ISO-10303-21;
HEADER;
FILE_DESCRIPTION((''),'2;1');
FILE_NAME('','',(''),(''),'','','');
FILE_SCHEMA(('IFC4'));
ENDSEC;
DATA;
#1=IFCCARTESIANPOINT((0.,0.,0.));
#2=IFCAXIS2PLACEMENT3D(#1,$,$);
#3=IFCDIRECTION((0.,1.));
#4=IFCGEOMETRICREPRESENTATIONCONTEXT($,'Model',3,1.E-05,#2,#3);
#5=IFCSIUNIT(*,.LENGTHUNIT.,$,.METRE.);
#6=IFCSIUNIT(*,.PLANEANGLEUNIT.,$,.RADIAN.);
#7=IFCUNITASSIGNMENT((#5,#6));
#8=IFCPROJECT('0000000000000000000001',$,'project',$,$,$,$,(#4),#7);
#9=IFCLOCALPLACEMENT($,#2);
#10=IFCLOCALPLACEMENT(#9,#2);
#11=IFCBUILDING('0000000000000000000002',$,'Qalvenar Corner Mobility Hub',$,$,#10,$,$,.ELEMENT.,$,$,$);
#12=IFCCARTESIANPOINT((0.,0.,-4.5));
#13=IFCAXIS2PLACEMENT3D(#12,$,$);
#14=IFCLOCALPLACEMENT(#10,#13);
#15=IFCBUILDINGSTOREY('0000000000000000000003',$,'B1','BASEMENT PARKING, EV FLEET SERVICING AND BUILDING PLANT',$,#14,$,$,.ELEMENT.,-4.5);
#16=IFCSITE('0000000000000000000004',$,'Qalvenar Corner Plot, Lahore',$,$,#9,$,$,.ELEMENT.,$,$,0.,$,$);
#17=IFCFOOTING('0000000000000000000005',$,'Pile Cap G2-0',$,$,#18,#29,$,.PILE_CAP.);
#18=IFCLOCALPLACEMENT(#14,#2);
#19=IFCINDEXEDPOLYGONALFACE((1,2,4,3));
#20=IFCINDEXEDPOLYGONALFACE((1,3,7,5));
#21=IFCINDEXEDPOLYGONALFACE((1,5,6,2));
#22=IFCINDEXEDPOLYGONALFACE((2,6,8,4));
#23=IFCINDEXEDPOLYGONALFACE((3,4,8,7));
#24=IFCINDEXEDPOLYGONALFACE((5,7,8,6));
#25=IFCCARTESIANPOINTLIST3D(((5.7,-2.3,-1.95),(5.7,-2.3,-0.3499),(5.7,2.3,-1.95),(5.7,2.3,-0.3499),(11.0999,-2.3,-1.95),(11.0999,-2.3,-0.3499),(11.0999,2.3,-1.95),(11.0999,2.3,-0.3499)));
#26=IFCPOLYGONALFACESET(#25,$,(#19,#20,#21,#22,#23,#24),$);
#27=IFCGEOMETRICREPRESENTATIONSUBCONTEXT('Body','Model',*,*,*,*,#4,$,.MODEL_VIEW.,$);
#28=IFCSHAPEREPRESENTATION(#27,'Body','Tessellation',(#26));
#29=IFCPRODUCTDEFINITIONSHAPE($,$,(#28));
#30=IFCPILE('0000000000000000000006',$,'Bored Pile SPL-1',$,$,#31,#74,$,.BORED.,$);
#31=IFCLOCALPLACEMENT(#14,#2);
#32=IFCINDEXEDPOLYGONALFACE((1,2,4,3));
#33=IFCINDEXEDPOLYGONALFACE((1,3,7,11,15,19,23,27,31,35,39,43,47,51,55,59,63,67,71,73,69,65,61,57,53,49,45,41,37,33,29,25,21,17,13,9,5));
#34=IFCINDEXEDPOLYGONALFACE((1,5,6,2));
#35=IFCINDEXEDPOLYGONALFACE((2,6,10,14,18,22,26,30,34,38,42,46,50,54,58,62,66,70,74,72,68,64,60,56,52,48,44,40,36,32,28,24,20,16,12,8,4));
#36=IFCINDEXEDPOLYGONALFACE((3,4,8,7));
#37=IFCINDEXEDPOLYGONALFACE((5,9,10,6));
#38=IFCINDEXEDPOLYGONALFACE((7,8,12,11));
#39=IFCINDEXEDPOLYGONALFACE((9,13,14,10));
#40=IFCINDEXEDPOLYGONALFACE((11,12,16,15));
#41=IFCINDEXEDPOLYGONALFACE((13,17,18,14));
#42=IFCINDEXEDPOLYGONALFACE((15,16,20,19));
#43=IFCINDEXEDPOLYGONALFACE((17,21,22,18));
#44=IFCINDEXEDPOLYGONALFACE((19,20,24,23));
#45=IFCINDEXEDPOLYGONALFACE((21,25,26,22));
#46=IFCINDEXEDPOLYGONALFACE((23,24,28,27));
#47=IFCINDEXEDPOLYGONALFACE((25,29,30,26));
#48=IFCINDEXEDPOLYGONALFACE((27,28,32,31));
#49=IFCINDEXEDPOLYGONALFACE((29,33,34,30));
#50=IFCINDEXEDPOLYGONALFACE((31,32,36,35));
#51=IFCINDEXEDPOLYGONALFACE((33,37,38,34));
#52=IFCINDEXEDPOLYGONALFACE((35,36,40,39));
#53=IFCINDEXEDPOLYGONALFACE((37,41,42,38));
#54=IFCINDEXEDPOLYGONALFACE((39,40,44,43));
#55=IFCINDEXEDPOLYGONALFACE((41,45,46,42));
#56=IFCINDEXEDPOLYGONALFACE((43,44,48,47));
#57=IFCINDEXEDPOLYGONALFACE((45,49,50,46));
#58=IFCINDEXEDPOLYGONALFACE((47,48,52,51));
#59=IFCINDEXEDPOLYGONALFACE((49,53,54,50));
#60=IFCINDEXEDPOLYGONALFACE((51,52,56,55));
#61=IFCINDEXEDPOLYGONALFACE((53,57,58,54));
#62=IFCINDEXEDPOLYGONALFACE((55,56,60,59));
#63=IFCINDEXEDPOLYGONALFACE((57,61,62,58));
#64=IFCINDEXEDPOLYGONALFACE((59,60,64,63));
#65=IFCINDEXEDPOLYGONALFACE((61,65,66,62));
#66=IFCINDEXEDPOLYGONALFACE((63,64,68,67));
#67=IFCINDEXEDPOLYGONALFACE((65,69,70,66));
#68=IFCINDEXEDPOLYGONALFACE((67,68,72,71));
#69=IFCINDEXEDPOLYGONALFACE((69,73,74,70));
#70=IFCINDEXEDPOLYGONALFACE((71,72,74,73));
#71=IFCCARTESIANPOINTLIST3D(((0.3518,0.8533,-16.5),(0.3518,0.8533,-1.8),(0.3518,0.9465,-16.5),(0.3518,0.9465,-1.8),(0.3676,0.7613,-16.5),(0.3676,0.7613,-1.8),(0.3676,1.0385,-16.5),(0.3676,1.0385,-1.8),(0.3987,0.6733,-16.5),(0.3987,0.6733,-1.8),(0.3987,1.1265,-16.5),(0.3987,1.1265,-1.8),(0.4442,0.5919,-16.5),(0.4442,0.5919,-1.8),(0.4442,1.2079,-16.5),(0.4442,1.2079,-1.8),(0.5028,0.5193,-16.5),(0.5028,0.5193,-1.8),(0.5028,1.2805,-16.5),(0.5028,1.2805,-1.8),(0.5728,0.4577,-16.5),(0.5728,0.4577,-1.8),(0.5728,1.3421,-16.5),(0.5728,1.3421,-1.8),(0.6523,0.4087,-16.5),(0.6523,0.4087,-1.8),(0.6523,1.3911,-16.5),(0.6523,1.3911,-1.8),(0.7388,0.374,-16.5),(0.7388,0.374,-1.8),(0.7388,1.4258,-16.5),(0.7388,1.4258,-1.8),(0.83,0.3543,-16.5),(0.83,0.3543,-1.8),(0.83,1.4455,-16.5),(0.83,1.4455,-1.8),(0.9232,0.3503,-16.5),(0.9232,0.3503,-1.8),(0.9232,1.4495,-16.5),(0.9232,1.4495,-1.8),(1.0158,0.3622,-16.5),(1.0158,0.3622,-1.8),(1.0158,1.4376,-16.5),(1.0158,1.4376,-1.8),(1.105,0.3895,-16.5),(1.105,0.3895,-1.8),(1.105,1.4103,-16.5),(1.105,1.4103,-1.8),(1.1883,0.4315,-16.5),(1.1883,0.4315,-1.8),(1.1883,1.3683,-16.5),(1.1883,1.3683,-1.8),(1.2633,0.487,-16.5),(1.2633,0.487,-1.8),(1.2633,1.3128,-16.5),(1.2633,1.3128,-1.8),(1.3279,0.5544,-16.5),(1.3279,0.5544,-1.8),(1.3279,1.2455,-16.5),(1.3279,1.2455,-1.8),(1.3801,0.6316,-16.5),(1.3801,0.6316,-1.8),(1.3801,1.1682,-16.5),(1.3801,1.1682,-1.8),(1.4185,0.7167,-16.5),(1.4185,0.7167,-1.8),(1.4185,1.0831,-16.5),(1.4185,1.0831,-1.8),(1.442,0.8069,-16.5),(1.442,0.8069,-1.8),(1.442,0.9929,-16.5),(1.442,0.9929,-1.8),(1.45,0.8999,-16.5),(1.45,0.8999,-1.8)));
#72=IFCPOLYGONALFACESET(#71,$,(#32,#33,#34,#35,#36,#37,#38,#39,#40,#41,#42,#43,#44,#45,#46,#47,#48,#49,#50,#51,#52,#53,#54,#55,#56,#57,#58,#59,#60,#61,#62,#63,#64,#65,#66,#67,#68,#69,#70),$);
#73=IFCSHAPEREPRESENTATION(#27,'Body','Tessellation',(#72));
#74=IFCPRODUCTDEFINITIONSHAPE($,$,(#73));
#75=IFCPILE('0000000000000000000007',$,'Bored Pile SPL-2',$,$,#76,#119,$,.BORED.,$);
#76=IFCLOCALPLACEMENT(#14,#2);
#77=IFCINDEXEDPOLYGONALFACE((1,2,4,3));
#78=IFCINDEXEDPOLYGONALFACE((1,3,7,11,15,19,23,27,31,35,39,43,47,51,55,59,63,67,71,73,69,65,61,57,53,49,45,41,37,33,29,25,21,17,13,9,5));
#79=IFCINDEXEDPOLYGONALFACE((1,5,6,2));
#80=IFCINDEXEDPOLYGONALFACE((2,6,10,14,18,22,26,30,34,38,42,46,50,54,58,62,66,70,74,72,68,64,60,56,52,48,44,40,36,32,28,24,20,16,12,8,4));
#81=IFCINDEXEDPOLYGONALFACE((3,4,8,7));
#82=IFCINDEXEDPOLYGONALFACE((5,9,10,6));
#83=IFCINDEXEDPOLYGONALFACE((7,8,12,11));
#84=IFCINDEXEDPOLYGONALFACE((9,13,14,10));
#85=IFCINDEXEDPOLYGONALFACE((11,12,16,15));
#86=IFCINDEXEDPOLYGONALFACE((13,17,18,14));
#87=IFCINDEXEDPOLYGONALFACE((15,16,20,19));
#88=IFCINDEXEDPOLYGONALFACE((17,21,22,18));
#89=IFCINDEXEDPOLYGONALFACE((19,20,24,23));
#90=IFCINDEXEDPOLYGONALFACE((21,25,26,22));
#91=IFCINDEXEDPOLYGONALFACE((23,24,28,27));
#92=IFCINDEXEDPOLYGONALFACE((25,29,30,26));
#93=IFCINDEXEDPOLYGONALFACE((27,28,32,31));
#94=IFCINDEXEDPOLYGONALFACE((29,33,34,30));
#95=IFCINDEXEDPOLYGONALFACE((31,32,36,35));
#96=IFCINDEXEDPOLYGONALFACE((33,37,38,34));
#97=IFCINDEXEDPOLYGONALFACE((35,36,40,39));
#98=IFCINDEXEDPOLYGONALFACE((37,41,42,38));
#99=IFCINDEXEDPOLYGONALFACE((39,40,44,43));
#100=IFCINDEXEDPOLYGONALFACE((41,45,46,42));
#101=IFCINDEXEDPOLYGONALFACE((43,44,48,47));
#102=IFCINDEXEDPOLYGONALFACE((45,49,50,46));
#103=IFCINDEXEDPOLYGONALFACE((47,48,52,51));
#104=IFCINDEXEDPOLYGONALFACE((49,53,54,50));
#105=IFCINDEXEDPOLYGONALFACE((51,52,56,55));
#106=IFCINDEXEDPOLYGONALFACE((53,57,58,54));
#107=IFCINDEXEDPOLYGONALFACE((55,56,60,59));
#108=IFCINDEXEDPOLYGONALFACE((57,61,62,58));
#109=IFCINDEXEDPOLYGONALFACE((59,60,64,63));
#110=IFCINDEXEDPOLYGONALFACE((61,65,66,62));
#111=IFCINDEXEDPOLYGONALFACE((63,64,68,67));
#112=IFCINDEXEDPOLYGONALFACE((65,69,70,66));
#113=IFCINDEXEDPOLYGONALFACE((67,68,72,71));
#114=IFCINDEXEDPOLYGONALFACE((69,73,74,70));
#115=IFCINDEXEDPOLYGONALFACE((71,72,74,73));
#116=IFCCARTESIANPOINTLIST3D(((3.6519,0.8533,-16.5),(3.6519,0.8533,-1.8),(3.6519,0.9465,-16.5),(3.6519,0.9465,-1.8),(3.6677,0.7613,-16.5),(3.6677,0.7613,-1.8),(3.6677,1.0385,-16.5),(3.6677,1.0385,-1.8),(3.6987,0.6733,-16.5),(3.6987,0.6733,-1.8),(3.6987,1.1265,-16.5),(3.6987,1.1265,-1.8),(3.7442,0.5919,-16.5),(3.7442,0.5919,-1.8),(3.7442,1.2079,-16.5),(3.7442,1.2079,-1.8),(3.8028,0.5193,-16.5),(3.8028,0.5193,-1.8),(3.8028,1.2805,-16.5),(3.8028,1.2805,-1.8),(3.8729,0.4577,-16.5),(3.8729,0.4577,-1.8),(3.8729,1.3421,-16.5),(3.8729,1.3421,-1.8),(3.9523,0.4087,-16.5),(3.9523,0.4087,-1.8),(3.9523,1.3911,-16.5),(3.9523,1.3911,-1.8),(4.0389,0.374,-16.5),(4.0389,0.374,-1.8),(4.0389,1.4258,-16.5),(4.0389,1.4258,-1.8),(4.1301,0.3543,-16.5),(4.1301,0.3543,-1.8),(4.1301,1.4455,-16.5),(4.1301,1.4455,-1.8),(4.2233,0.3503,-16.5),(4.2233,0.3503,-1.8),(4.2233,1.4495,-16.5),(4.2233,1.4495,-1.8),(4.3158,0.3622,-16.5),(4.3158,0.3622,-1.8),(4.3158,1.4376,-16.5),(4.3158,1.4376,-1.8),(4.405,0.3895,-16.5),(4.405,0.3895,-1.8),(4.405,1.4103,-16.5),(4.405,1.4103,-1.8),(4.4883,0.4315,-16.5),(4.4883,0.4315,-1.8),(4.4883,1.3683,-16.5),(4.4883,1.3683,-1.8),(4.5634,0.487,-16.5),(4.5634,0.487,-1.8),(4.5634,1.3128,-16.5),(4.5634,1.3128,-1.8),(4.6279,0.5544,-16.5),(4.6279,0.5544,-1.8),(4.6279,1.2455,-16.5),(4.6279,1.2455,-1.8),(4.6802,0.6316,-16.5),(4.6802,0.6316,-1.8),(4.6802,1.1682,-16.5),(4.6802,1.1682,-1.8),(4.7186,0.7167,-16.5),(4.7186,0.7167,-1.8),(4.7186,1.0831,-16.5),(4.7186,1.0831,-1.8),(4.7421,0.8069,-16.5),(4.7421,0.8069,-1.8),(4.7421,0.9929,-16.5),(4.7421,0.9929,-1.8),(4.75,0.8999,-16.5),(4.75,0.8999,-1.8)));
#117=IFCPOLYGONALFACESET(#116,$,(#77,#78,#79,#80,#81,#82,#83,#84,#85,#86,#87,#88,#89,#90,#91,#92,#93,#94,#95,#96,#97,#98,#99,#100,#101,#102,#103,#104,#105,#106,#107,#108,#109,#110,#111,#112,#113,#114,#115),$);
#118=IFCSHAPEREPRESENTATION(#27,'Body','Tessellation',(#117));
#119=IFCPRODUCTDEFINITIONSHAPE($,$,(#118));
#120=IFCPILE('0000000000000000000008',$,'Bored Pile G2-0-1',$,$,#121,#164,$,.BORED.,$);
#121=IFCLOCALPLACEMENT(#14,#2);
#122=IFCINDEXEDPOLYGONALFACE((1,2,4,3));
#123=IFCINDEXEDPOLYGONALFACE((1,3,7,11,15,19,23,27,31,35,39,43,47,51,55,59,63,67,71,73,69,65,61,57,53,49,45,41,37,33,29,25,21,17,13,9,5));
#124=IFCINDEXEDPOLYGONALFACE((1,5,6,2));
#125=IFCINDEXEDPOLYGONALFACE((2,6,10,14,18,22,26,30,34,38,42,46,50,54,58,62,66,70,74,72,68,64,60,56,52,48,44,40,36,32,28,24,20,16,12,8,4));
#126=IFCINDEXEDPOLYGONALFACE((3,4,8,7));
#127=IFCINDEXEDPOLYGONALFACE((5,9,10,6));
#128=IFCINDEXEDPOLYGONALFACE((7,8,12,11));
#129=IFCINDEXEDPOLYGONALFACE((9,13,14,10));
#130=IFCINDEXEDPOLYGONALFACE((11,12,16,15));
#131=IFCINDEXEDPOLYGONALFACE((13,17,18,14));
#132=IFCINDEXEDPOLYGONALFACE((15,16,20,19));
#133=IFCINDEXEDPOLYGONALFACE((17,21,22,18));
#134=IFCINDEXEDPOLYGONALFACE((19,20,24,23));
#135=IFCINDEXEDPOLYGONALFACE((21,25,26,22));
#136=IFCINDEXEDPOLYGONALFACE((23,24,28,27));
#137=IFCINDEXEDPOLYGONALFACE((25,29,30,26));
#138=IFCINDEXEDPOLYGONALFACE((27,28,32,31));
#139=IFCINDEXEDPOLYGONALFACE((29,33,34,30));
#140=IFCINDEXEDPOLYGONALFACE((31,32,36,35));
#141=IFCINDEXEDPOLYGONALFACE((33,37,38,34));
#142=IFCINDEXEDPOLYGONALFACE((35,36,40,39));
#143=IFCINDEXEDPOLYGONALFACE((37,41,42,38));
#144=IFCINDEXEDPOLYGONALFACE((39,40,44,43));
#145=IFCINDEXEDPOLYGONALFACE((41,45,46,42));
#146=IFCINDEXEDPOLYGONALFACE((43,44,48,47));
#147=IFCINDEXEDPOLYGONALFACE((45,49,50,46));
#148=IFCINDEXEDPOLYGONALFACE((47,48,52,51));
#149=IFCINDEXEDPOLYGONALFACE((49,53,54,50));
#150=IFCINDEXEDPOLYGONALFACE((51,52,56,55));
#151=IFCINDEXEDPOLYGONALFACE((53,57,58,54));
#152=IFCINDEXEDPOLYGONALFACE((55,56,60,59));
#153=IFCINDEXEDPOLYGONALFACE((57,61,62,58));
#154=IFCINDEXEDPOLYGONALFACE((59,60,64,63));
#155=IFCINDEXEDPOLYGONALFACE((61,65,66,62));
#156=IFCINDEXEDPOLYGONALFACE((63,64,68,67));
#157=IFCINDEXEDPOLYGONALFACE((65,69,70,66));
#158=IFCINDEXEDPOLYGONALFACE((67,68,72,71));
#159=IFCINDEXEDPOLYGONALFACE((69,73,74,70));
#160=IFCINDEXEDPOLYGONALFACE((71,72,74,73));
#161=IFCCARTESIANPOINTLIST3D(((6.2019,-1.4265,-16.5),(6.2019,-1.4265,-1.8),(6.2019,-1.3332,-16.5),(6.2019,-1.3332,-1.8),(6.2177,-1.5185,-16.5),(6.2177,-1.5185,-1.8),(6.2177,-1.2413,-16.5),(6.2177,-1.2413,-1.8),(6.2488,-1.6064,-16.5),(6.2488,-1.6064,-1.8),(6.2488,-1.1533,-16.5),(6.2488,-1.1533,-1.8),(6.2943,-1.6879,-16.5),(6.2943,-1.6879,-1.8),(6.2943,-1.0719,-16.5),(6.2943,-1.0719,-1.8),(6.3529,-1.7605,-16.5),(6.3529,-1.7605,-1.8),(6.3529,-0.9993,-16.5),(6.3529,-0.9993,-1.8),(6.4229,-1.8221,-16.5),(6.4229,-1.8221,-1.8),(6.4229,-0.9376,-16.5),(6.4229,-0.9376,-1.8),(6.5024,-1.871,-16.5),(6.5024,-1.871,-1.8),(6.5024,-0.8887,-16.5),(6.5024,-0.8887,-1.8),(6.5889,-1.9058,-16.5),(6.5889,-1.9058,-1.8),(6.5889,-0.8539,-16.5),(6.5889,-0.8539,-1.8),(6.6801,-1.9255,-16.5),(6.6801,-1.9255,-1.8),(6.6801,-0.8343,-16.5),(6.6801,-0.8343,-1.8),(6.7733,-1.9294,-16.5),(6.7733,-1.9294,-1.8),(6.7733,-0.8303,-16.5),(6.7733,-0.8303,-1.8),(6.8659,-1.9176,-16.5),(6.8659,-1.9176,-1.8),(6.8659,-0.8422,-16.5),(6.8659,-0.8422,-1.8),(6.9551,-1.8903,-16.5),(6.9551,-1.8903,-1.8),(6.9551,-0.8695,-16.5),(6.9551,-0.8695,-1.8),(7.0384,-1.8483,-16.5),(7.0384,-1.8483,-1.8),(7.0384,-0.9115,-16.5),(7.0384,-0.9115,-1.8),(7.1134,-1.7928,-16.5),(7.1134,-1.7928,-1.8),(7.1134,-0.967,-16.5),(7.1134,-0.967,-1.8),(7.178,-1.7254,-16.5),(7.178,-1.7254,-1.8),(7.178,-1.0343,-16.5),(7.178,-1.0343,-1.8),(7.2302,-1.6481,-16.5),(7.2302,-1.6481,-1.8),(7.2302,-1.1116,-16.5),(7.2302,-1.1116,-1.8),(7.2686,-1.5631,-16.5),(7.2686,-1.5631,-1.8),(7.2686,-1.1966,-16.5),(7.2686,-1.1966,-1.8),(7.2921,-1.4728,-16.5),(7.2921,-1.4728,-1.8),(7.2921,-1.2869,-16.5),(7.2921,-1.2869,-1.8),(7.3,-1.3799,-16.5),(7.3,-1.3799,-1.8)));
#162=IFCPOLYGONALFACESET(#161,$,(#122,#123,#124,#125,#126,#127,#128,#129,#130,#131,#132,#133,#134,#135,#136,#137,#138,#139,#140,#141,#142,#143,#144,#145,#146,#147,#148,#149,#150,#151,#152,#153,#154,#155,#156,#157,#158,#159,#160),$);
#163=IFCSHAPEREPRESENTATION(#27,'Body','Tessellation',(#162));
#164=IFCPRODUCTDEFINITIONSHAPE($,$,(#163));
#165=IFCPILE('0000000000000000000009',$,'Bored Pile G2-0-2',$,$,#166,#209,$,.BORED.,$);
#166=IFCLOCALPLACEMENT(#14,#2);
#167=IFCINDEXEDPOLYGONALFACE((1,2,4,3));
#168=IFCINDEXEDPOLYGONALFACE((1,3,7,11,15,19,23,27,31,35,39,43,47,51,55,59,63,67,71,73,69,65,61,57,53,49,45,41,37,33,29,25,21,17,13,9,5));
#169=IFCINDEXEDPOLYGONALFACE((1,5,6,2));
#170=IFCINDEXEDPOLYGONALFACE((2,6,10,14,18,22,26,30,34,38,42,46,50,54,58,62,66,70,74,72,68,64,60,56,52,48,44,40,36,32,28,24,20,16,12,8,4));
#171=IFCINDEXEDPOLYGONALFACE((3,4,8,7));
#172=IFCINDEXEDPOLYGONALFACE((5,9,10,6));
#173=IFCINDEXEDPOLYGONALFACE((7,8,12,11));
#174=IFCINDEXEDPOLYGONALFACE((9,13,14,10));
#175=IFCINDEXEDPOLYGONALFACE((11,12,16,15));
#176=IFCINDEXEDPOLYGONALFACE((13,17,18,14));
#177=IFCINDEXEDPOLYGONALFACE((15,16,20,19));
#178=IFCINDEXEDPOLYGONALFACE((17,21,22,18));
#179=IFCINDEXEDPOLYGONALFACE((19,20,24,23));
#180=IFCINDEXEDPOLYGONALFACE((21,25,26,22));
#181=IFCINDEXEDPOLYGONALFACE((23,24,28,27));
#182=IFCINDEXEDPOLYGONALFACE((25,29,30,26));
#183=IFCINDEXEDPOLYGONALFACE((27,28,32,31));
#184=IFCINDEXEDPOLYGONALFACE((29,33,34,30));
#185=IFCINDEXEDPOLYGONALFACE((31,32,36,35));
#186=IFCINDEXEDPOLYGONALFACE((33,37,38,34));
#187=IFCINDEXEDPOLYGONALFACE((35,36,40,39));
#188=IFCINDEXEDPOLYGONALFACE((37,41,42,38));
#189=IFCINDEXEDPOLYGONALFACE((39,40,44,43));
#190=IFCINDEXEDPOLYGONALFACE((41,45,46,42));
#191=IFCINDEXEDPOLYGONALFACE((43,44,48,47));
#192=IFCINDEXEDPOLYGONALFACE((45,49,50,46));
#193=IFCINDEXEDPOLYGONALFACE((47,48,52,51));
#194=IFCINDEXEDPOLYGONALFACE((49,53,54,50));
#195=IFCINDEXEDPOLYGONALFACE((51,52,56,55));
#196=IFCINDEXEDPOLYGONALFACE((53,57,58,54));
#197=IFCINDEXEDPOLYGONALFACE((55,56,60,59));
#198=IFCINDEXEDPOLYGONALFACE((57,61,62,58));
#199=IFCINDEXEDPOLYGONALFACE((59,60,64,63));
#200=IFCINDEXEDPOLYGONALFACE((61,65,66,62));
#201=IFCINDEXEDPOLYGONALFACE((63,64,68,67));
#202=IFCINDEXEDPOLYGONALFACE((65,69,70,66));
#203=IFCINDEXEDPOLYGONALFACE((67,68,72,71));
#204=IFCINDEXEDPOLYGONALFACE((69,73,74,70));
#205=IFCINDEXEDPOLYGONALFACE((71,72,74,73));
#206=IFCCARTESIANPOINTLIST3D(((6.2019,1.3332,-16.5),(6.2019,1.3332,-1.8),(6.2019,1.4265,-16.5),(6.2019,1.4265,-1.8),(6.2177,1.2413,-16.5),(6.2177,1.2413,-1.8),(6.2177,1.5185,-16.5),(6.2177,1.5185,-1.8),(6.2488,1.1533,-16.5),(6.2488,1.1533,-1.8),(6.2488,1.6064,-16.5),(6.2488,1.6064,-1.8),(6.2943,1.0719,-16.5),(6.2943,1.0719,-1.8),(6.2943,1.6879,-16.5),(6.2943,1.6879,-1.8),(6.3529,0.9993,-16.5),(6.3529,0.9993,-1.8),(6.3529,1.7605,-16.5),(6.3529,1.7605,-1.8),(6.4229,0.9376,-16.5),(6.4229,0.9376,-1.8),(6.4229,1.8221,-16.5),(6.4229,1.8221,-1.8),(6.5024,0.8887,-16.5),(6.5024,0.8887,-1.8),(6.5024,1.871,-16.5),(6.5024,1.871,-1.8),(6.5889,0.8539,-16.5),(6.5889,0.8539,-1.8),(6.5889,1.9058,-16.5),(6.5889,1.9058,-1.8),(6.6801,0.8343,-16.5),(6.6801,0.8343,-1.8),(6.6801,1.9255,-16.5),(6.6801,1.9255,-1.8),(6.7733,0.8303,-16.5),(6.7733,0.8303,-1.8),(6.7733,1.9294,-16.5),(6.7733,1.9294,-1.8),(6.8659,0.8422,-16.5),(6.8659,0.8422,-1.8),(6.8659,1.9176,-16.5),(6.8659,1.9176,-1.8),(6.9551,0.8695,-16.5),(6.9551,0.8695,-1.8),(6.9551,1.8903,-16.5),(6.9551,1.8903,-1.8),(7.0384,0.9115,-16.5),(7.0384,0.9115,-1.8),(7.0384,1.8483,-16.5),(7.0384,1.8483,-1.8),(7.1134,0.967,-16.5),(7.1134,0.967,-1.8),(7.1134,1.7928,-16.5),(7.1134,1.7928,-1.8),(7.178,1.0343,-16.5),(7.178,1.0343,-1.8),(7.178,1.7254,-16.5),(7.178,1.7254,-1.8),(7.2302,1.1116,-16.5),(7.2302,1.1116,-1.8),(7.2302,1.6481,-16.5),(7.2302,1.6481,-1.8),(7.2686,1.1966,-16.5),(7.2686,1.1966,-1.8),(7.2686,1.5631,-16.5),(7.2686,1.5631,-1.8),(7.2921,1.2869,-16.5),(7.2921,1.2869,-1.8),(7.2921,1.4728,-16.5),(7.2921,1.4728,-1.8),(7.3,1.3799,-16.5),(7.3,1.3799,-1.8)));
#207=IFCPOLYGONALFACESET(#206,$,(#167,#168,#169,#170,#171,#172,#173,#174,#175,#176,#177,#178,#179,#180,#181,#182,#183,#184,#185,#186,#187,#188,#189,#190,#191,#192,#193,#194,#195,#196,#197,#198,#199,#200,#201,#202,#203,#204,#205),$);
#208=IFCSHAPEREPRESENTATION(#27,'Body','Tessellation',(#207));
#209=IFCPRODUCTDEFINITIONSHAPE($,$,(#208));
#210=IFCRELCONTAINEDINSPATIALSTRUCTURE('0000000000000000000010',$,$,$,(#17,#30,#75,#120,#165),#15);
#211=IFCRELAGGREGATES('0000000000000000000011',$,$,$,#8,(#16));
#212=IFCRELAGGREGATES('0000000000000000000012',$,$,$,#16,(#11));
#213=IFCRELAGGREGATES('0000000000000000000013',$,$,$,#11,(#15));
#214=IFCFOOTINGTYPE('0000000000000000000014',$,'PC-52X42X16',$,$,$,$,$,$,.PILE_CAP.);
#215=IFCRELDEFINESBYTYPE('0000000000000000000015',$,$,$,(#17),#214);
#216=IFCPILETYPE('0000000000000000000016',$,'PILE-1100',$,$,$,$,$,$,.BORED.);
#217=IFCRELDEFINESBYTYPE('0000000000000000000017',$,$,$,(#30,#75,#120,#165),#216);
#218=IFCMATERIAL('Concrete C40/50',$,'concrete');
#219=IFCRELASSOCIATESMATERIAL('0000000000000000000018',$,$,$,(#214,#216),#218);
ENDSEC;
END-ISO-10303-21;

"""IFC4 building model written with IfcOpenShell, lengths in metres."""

from ifc_helpers import new_model, si_unit, direction, frame, origin, origin_2d, place, context, subcontext, project, spatial, rectangle, circle, extrude, material, material_profile, profile_set, type_object, element, save


model = new_model("IFC4")

# Units and contexts
model_context = context("Model", 3, precision=1e-05, world=origin(), true_north=direction((0.0, 1.0)))
body_context = subcontext(model_context, "Body", "Model", "MODEL_VIEW")
ifc_project = project(units=[si_unit("LENGTHUNIT", "METRE"), si_unit("PLANEANGLEUNIT", "RADIAN")], contexts=[model_context])

# Site, building, storey
site_placement = place(None, origin())
site = spatial("IfcSite", under=ifc_project, at=site_placement, Name="Qalvenar Corner Plot, Lahore", CompositionType="ELEMENT", RefElevation=0.0)
building_placement = place(site_placement, origin())
building = spatial("IfcBuilding", under=site, at=building_placement, Name="Qalvenar Corner Mobility Hub", CompositionType="ELEMENT")
storey_placement = place(building_placement, frame((0.0, 0.0, -4.5)))
storey = spatial("IfcBuildingStorey", under=building, at=storey_placement, Name="B1", Description="BASEMENT PARKING, EV FLEET SERVICING AND BUILDING PLANT", CompositionType="ELEMENT", Elevation=-4.5)

# Footing
ifc_material_1 = material(Name="Concrete C40/50", Category="concrete")
footing_type_1 = type_object("IfcFootingType", Name="PC-52X42X16", PredefinedType="PILE_CAP", material=ifc_material_1)
footing_1_placement = place(storey_placement, frame((8.3999, 0.0, -1.95), z_axis=(0.0, 0.0, 1.0), x_axis=(1.0, 0.0, 0.0)))
element("IfcFooting", 1, at=footing_1_placement, inside=storey, type_object=footing_type_1, Name="Pile Cap G2-0", PredefinedType="PILE_CAP", context=body_context, shape_type="SweptSolid", body=[
    extrude(rectangle(XDim=5.3999, YDim=4.6001, at=origin_2d()), origin(), (0.0, 0.0, 1.0), 1.6001),
])

# Piles
ifc_material_profile_1 = material_profile(ifc_material_1, circle(Radius=0.55, at=origin_2d()), Name="DIA1100")
ifc_profile_set_1 = profile_set([ifc_material_profile_1], Name="Concrete C40/50")
pile_type = type_object("IfcPileType", Name="PILE-1100", PredefinedType="BORED", material=ifc_profile_set_1)
for number, where, z_axis, x_axis, name in (
    (2, (0.8999, 0.8999, -1.8), (0.0, 0.0, -1.0), (1.0, 0.0, 0.0), "Bored Pile SPL-1"),
    (3, (4.2, 0.8999, -1.8), (0.0, 0.0, -1.0), (1.0, 0.0, 0.0), "Bored Pile SPL-2"),
    (4, (6.75, -1.3799, -1.8), (0.0, 0.0, -1.0), (1.0, 0.0, 0.0), "Bored Pile G2-0-1"),
    (5, (6.75, 1.3799, -1.8), (0.0, 0.0, -1.0), (1.0, 0.0, 0.0), "Bored Pile G2-0-2"),
):
    element("IfcPile", number, at=place(storey_placement, frame(where, z_axis=z_axis, x_axis=x_axis)), inside=storey, type_object=pile_type, Name=name, PredefinedType="BORED", context=body_context, shape_type="SweptSolid", body=[
        extrude(circle(Radius=0.55, at=origin_2d()), origin(), (0.0, 0.0, 1.0), 14.7),
    ])

save(model, "model.ifc")
